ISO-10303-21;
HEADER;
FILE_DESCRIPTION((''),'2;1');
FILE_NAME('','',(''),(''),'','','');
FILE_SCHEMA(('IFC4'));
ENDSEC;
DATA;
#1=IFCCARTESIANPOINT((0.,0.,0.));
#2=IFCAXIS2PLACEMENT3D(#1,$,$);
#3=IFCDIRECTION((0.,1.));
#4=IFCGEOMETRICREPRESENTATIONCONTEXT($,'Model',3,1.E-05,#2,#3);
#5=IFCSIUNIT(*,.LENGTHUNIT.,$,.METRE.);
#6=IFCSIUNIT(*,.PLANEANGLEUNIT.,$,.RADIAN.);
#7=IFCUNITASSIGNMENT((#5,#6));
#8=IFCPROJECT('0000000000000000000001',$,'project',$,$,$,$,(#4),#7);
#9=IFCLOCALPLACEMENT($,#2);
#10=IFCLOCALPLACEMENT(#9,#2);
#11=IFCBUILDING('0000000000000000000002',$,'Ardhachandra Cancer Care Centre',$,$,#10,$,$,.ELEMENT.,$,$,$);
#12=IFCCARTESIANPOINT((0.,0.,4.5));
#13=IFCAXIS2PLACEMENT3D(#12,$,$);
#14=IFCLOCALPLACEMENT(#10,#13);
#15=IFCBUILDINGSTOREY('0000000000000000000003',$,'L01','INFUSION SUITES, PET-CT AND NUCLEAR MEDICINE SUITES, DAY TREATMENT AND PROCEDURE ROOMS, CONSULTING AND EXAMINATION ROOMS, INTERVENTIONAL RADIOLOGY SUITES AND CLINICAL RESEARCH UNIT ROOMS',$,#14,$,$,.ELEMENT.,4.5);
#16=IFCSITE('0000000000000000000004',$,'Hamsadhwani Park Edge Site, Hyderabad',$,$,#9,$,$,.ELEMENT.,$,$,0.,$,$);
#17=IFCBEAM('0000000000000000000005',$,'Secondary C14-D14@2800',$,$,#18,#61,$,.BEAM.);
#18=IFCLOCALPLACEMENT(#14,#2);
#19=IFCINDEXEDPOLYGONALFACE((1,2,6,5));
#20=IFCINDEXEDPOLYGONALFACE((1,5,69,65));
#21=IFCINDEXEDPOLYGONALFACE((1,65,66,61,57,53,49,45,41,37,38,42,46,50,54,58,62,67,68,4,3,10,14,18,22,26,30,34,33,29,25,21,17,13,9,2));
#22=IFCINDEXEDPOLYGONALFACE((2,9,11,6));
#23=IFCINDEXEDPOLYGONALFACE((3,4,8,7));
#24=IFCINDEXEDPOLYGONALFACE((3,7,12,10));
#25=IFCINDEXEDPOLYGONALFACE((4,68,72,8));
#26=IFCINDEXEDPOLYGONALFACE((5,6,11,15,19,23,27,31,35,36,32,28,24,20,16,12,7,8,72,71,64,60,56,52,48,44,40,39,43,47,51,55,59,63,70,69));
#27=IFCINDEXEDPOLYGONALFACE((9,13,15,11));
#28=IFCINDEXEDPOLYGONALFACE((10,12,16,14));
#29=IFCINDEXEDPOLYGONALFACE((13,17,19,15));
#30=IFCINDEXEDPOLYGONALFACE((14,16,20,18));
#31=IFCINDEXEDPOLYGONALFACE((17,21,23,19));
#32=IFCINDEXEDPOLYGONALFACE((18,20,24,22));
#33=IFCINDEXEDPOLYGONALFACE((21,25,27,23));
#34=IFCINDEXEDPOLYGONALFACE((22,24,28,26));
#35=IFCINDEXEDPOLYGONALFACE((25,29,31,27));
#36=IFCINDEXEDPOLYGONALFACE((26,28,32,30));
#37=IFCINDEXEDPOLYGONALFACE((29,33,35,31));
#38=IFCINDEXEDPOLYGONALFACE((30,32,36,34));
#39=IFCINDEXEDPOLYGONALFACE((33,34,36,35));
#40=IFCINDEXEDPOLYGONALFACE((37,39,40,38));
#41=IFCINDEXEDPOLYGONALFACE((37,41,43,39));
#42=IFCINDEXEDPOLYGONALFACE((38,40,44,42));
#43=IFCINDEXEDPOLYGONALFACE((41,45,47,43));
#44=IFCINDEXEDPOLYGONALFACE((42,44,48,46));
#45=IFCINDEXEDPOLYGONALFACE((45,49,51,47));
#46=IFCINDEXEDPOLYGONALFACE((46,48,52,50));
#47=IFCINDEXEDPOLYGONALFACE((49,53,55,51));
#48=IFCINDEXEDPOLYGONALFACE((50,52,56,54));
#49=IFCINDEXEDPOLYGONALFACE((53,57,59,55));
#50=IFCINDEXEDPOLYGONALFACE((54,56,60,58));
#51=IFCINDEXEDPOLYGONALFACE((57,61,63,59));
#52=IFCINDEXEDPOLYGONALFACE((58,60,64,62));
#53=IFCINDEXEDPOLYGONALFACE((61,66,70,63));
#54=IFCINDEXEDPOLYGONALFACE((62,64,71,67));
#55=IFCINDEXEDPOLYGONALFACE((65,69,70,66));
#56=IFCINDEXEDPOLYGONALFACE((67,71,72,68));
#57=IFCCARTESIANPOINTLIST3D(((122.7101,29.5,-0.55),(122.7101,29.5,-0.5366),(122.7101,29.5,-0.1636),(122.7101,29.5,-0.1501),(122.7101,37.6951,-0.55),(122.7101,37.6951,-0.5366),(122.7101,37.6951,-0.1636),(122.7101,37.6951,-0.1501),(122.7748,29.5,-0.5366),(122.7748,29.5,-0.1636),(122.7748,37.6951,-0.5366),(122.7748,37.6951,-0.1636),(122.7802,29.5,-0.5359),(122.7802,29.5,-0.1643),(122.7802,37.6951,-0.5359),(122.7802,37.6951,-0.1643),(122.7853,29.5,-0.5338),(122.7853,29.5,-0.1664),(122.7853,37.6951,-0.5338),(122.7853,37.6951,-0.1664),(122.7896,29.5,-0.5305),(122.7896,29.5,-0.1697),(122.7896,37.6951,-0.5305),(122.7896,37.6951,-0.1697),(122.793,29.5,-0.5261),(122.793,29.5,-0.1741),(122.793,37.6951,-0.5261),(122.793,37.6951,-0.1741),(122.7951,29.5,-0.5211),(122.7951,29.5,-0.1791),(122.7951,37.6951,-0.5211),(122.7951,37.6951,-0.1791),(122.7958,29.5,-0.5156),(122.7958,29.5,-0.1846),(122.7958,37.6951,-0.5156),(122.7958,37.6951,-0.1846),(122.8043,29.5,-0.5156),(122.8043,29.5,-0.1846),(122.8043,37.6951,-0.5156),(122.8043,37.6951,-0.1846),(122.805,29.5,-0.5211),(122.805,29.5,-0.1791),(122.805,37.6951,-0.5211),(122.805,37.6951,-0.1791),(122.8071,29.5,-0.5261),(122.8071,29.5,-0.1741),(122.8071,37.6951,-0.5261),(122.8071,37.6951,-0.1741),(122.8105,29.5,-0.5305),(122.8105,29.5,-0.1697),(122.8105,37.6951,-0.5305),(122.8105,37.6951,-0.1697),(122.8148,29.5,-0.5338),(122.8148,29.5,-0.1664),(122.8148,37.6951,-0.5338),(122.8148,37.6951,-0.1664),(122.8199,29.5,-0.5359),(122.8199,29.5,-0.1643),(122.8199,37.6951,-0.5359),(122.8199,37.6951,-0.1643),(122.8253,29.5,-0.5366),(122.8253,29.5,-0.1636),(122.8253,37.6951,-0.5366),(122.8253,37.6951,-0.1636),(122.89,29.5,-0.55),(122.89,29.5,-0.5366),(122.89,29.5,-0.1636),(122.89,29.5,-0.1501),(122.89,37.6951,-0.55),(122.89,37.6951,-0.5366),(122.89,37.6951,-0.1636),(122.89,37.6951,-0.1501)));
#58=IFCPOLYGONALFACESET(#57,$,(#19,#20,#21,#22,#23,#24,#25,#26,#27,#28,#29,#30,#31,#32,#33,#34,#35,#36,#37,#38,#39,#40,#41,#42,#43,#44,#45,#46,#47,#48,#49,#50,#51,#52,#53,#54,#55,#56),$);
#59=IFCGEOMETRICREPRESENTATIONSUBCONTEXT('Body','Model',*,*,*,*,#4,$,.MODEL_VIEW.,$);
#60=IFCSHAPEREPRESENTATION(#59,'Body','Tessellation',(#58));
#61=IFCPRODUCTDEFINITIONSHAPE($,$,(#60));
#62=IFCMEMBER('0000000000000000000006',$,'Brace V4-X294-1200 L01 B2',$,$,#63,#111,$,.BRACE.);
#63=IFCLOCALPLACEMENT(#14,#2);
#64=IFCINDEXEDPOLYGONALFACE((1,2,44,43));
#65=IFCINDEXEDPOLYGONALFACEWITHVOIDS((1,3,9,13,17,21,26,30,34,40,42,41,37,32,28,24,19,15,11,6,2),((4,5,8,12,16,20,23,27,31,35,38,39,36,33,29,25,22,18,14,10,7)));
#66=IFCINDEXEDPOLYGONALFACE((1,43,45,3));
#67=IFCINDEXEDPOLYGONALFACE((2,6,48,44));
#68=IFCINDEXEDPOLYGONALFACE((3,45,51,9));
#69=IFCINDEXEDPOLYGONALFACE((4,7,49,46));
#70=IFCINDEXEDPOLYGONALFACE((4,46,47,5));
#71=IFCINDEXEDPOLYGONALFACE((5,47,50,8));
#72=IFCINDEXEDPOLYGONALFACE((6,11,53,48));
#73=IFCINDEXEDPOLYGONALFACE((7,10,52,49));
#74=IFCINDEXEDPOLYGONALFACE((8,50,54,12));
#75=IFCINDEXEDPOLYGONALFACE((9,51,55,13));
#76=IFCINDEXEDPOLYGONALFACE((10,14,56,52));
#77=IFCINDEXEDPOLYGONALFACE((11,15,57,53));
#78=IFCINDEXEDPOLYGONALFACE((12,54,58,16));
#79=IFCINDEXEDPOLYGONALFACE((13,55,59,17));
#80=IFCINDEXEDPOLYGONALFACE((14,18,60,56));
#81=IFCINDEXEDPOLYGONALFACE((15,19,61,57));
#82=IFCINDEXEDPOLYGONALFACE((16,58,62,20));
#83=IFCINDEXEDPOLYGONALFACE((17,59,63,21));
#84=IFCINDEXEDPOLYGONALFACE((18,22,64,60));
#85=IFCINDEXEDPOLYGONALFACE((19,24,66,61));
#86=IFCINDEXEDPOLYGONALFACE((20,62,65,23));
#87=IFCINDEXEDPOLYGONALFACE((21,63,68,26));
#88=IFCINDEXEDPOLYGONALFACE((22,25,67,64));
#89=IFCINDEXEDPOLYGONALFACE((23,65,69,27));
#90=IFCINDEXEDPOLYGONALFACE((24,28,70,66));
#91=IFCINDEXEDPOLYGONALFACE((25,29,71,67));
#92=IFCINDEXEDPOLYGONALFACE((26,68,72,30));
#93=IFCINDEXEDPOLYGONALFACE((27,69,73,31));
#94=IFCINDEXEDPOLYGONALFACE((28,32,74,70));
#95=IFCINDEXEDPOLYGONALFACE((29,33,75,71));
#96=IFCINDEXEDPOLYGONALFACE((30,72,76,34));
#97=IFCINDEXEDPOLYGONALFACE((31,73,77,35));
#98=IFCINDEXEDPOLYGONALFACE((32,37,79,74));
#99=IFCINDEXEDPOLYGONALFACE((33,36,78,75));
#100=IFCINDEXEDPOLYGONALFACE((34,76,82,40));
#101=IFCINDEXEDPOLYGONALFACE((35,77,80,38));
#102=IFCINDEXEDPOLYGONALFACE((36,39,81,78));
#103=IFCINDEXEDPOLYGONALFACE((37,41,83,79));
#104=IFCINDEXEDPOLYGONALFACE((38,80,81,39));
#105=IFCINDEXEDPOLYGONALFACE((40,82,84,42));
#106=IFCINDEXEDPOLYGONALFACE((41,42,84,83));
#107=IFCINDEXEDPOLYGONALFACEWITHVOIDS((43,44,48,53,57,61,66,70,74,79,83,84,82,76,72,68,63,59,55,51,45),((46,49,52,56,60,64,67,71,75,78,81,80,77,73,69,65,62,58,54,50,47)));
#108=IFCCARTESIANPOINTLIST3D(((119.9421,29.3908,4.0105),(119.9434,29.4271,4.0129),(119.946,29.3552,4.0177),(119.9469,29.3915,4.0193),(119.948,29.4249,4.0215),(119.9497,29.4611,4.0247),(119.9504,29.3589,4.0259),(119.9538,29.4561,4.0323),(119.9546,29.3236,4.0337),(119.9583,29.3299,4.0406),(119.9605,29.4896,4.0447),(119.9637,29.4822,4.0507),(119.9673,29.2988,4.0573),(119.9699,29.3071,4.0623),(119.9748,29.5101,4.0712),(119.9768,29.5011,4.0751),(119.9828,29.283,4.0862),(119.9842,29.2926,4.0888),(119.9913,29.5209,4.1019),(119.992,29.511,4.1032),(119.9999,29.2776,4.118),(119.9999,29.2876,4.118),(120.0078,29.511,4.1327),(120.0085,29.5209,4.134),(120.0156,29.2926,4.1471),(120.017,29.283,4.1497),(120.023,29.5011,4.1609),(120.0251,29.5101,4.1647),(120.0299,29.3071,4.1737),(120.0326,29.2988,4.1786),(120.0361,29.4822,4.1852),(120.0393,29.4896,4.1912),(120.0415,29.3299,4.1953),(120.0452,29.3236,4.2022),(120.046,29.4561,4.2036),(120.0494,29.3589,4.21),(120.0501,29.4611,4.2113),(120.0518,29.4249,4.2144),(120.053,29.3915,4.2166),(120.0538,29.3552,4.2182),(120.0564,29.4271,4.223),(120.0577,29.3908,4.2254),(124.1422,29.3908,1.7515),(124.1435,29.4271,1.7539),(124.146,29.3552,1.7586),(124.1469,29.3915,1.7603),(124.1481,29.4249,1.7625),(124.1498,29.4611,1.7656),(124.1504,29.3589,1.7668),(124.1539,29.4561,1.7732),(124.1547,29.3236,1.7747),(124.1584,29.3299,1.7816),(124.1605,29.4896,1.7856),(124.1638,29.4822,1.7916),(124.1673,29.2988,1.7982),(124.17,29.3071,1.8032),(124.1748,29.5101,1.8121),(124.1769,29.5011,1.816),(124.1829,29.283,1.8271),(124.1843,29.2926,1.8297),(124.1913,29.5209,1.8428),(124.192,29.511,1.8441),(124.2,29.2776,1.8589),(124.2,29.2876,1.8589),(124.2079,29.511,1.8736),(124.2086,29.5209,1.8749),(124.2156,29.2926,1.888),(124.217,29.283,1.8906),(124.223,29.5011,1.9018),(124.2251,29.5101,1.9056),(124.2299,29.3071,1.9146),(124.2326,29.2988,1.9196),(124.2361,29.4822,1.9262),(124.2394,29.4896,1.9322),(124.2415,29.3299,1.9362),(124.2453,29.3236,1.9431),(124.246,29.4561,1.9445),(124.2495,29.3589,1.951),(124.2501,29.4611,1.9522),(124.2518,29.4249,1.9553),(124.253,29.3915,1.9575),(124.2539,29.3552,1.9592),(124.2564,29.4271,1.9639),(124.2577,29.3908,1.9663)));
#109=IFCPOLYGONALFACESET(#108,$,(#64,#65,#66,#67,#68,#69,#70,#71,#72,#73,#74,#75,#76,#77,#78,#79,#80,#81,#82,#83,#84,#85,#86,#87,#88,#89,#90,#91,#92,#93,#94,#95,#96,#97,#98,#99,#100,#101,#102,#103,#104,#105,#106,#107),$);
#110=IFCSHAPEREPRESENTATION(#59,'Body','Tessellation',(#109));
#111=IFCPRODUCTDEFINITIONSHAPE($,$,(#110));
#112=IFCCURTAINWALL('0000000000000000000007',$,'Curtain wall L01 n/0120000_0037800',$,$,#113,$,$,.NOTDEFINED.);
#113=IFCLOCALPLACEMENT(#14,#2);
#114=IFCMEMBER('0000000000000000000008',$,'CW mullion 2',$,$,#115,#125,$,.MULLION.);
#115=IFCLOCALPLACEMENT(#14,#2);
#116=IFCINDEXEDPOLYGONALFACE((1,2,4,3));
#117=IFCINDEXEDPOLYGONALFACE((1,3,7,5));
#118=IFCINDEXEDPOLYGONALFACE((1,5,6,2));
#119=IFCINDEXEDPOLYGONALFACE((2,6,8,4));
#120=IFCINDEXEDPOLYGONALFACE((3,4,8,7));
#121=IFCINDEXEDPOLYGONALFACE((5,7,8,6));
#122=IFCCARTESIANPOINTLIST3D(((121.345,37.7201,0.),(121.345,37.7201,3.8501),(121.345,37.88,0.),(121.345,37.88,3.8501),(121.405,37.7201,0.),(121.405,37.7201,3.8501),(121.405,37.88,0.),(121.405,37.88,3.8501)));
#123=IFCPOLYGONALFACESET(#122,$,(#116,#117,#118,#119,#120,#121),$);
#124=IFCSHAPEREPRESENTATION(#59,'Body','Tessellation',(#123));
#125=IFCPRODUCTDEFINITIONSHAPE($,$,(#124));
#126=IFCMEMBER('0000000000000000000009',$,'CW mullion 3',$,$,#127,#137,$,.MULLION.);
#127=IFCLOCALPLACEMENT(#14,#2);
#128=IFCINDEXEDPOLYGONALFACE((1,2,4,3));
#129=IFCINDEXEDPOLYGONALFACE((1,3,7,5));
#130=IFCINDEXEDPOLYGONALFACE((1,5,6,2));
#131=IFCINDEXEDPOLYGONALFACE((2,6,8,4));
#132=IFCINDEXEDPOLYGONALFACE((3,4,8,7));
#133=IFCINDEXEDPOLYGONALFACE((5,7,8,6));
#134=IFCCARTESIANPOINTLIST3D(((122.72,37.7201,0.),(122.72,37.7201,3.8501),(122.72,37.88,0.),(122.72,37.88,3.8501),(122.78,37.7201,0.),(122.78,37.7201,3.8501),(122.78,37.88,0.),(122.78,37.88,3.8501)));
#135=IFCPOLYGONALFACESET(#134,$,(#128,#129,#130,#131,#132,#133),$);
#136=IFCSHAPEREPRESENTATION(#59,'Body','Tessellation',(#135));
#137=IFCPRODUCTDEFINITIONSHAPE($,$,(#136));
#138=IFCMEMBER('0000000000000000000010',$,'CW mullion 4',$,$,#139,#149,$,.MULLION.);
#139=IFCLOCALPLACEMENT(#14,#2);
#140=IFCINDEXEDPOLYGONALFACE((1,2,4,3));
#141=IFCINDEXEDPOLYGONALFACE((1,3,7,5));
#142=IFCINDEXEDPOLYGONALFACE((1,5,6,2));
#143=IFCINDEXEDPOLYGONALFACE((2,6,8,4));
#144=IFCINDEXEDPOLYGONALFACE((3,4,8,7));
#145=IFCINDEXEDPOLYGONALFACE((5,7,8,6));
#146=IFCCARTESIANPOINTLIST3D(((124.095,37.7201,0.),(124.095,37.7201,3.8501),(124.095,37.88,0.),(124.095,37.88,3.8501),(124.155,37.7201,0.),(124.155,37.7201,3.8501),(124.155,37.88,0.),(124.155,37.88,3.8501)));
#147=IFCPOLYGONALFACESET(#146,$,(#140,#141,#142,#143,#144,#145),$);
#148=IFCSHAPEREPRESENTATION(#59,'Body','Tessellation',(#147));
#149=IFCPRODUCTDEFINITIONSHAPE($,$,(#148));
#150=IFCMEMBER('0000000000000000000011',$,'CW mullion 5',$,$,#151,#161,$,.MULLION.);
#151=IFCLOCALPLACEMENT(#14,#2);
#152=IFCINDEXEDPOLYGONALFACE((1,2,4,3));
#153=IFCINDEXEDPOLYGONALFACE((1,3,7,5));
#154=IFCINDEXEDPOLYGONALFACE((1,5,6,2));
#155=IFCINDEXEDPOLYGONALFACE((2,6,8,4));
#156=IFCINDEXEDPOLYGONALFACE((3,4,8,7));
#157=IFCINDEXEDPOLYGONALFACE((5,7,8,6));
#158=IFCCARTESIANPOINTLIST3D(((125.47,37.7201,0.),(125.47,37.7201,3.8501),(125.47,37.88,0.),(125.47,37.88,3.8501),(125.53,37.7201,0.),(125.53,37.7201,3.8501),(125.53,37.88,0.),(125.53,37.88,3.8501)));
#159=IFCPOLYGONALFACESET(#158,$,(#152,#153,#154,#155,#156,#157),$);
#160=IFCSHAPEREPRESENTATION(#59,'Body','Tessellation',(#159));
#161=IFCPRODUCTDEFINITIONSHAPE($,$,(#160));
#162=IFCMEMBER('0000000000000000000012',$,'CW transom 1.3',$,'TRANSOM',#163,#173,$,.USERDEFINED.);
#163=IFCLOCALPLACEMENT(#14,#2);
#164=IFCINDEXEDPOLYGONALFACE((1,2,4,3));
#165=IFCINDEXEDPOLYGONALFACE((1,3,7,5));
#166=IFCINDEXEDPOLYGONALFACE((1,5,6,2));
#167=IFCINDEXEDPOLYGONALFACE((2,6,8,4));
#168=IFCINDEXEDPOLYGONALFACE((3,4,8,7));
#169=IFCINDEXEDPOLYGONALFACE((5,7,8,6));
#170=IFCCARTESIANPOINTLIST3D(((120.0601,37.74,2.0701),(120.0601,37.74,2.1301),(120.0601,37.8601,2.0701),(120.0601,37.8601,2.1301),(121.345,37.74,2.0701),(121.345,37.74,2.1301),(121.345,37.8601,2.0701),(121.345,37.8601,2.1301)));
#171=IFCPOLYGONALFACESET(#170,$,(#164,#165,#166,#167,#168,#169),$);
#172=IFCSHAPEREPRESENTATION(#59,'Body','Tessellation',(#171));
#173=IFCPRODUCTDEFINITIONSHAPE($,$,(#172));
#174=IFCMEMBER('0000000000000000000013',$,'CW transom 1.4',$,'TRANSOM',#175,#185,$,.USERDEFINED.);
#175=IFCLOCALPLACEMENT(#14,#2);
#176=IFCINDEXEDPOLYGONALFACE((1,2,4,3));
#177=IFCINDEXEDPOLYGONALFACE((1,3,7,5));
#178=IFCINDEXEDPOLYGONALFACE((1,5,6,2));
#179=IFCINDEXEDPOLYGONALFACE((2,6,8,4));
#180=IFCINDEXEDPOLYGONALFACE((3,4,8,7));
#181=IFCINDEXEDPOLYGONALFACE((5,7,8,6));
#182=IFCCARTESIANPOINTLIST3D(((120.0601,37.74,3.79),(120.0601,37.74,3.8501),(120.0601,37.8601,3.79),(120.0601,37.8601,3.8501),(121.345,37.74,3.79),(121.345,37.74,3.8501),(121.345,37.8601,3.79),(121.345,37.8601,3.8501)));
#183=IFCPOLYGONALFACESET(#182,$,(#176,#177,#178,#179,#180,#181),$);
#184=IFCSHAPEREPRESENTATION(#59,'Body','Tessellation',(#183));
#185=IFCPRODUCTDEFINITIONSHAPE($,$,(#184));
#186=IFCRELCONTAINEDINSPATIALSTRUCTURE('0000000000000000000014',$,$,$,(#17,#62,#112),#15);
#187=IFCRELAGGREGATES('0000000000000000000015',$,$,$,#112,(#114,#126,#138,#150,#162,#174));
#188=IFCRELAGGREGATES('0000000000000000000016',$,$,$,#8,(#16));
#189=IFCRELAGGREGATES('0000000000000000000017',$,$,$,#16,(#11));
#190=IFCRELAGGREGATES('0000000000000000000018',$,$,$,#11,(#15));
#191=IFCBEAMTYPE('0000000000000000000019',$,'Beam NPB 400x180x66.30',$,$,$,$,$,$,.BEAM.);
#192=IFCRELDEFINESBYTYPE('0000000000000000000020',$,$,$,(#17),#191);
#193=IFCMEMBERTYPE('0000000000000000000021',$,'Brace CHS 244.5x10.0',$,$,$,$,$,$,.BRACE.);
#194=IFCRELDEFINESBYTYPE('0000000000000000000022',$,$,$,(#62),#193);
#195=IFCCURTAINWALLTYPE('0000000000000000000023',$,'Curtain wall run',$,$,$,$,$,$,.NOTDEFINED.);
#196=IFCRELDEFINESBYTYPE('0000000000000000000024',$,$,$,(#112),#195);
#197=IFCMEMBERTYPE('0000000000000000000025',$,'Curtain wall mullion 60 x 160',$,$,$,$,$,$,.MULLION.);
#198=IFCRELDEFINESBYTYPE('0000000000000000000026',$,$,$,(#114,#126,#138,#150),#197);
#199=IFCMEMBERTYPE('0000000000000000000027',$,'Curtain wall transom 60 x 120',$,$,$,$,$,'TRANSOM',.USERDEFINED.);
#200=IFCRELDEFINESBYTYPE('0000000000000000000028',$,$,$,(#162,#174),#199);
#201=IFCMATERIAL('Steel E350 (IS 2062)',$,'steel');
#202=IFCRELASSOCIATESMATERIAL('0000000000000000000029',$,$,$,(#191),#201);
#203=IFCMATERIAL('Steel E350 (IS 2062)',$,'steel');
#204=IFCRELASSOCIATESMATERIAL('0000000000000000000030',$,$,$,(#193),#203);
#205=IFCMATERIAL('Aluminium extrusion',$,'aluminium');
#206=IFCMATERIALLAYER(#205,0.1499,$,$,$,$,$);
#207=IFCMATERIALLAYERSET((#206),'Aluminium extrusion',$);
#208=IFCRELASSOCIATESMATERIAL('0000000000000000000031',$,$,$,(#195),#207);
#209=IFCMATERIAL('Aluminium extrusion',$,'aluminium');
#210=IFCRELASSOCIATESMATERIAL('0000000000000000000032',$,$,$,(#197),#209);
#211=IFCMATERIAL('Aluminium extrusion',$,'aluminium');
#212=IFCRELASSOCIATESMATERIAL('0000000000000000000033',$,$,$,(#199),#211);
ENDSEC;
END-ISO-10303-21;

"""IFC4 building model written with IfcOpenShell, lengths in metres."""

from ifc_helpers import new_model, si_unit, direction, frame, origin, origin_2d, place, context, subcontext, project, spatial, rectangle, hollow_circle, i_section, extrude, material, layer, layer_set, material_profile, profile_set, type_object, element, aggregate, save


model = new_model("IFC4")

# Units and contexts
model_context = context("Model", 3, precision=1e-05, world=origin(), true_north=direction((0.0, 1.0)))
body_context = subcontext(model_context, "Body", "Model", "MODEL_VIEW")
ifc_project = project(units=[si_unit("LENGTHUNIT", "METRE"), si_unit("PLANEANGLEUNIT", "RADIAN")], contexts=[model_context])

# Site, building, storey
site_placement = place(None, origin())
site = spatial("IfcSite", under=ifc_project, at=site_placement, Name="Hamsadhwani Park Edge Site, Hyderabad", CompositionType="ELEMENT", RefElevation=0.0)
building_placement = place(site_placement, origin())
building = spatial("IfcBuilding", under=site, at=building_placement, Name="Ardhachandra Cancer Care Centre", CompositionType="ELEMENT")
storey_placement = place(building_placement, frame((0.0, 0.0, 4.5)))
storey = spatial("IfcBuildingStorey", under=building, at=storey_placement, Name="L01", Description="INFUSION SUITES, PET-CT AND NUCLEAR MEDICINE SUITES, DAY TREATMENT AND PROCEDURE ROOMS, CONSULTING AND EXAMINATION ROOMS, INTERVENTIONAL RADIOLOGY SUITES AND CLINICAL RESEARCH UNIT ROOMS", CompositionType="ELEMENT", Elevation=4.5)

# Beam
ifc_material_1 = material(Name="Steel E350 (IS 2062)", Category="steel")
ifc_material_profile_1 = material_profile(ifc_material_1, i_section(OverallWidth=0.1799, OverallDepth=0.3999, WebThickness=0.0085, FlangeThickness=0.0134, FilletRadius=0.021, at=origin_2d()), Name="NPB 400x180x66.30")
ifc_profile_set_1 = profile_set([ifc_material_profile_1], Name="Steel E350 (IS 2062)")
beam_type = type_object("IfcBeamType", Name="Beam NPB 400x180x66.30", PredefinedType="BEAM", material=ifc_profile_set_1)
beam_placement = place(storey_placement, frame((122.8, 29.5, -0.3501), z_axis=(0.0, 1.0, 0.0), x_axis=(-1.0, 0.0, 0.0)))
element("IfcBeam", 1, at=beam_placement, inside=storey, type_object=beam_type, Name="Secondary C14-D14@2800", PredefinedType="BEAM", context=body_context, shape_type="SweptSolid", body=[
    extrude(i_section(OverallWidth=0.1799, OverallDepth=0.3999, WebThickness=0.0085, FlangeThickness=0.0134, FilletRadius=0.021, at=origin_2d()), origin(), (0.0, 0.0, 1.0), 8.1951),
])

# Member
ifc_material_2 = material(Name="Steel E350 (IS 2062)", Category="steel")
ifc_material_profile_2 = material_profile(ifc_material_2, hollow_circle(Radius=0.1223, WallThickness=0.01, at=origin_2d()), Name="CHS 244.5x10.0")
ifc_profile_set_2 = profile_set([ifc_material_profile_2], Name="Steel E350 (IS 2062)")
member_type_1 = type_object("IfcMemberType", Name="Brace CHS 244.5x10.0", PredefinedType="BRACE", material=ifc_profile_set_2)
member_1_placement = place(storey_placement, frame((124.2, 29.3999, 1.8589), z_axis=(-0.880688, 0.0, 0.473697), x_axis=(0.0, -1.0, 0.0)))
element("IfcMember", 2, at=member_1_placement, inside=storey, type_object=member_type_1, Name="Brace V4-X294-1200 L01 B2", PredefinedType="BRACE", context=body_context, shape_type="SweptSolid", body=[
    extrude(hollow_circle(Radius=0.1223, WallThickness=0.01, at=origin_2d()), origin(), (0.0, 0.0, 1.0), 4.769),
])

# Curtain wall, members
ifc_material_3 = material(Name="Aluminium extrusion", Category="aluminium")
ifc_layer_1 = layer(ifc_material_3, 0.1499)
ifc_layer_set_1 = layer_set([ifc_layer_1], Name="Aluminium extrusion")
curtain_wall_type = type_object("IfcCurtainWallType", Name="Curtain wall run", PredefinedType="NOTDEFINED", material=ifc_layer_set_1)
curtain_wall_1_placement = place(storey_placement, origin())
curtain_wall_1 = element("IfcCurtainWall", 3, at=curtain_wall_1_placement, inside=storey, type_object=curtain_wall_type, Name="Curtain wall L01 n/0120000_0037800", PredefinedType="NOTDEFINED")
ifc_material_4 = material(Name="Aluminium extrusion", Category="aluminium")
ifc_material_profile_3 = material_profile(ifc_material_4, rectangle(XDim=0.1599, YDim=0.0601, at=origin_2d()), Name="Curtain wall mullion 60 x 160")
ifc_profile_set_3 = profile_set([ifc_material_profile_3], Name="Aluminium extrusion")
member_type_2 = type_object("IfcMemberType", Name="Curtain wall mullion 60 x 160", PredefinedType="MULLION", material=ifc_profile_set_3)
member_2_placement = place(storey_placement, frame((121.375, 37.8, 0.0), z_axis=(0.0, 0.0, 1.0), x_axis=(0.0, 1.0, 0.0)))
member_2 = element("IfcMember", 4, at=member_2_placement, type_object=member_type_2, Name="CW mullion 2", PredefinedType="MULLION", context=body_context, shape_type="SweptSolid", body=[
    extrude(rectangle(XDim=0.1599, YDim=0.0601, at=origin_2d()), origin(), (0.0, 0.0, 1.0), 3.8501),
])
member_3_placement = place(storey_placement, frame((122.75, 37.8, 0.0), z_axis=(0.0, 0.0, 1.0), x_axis=(0.0, 1.0, 0.0)))
member_3 = element("IfcMember", 5, at=member_3_placement, type_object=member_type_2, Name="CW mullion 3", PredefinedType="MULLION", context=body_context, shape_type="SweptSolid", body=[
    extrude(rectangle(XDim=0.1599, YDim=0.0601, at=origin_2d()), origin(), (0.0, 0.0, 1.0), 3.8501),
])
member_4_placement = place(storey_placement, frame((124.125, 37.8, 0.0), z_axis=(0.0, 0.0, 1.0), x_axis=(0.0, 1.0, 0.0)))
member_4 = element("IfcMember", 6, at=member_4_placement, type_object=member_type_2, Name="CW mullion 4", PredefinedType="MULLION", context=body_context, shape_type="SweptSolid", body=[
    extrude(rectangle(XDim=0.1599, YDim=0.0601, at=origin_2d()), origin(), (0.0, 0.0, 1.0), 3.8501),
])
member_5_placement = place(storey_placement, frame((125.5, 37.8, 0.0), z_axis=(0.0, 0.0, 1.0), x_axis=(0.0, 1.0, 0.0)))
member_5 = element("IfcMember", 7, at=member_5_placement, type_object=member_type_2, Name="CW mullion 5", PredefinedType="MULLION", context=body_context, shape_type="SweptSolid", body=[
    extrude(rectangle(XDim=0.1599, YDim=0.0601, at=origin_2d()), origin(), (0.0, 0.0, 1.0), 3.8501),
])
ifc_material_5 = material(Name="Aluminium extrusion", Category="aluminium")
ifc_material_profile_4 = material_profile(ifc_material_5, rectangle(XDim=0.1201, YDim=0.0601, at=origin_2d()), Name="Curtain wall transom 60 x 120")
ifc_profile_set_4 = profile_set([ifc_material_profile_4], Name="Aluminium extrusion")
member_type_3 = type_object("IfcMemberType", Name="Curtain wall transom 60 x 120", ElementType="TRANSOM", PredefinedType="USERDEFINED", material=ifc_profile_set_4)
member_6_placement = place(storey_placement, frame((120.0601, 37.8, 2.1001), z_axis=(1.0, 0.0, 0.0), x_axis=(0.0, 1.0, 0.0)))
member_6 = element("IfcMember", 8, at=member_6_placement, type_object=member_type_3, Name="CW transom 1.3", ObjectType="TRANSOM", PredefinedType="USERDEFINED", context=body_context, shape_type="SweptSolid", body=[
    extrude(rectangle(XDim=0.1201, YDim=0.0601, at=origin_2d()), origin(), (0.0, 0.0, 1.0), 1.2849),
])
member_7_placement = place(storey_placement, frame((120.0601, 37.8, 3.8201), z_axis=(1.0, 0.0, 0.0), x_axis=(0.0, 1.0, 0.0)))
member_7 = element("IfcMember", 9, at=member_7_placement, type_object=member_type_3, Name="CW transom 1.4", ObjectType="TRANSOM", PredefinedType="USERDEFINED", context=body_context, shape_type="SweptSolid", body=[
    extrude(rectangle(XDim=0.1201, YDim=0.0601, at=origin_2d()), origin(), (0.0, 0.0, 1.0), 1.2849),
])

aggregate(curtain_wall_1, [member_2, member_3, member_4, member_5, member_6, member_7])

save(model, "model.ifc")
